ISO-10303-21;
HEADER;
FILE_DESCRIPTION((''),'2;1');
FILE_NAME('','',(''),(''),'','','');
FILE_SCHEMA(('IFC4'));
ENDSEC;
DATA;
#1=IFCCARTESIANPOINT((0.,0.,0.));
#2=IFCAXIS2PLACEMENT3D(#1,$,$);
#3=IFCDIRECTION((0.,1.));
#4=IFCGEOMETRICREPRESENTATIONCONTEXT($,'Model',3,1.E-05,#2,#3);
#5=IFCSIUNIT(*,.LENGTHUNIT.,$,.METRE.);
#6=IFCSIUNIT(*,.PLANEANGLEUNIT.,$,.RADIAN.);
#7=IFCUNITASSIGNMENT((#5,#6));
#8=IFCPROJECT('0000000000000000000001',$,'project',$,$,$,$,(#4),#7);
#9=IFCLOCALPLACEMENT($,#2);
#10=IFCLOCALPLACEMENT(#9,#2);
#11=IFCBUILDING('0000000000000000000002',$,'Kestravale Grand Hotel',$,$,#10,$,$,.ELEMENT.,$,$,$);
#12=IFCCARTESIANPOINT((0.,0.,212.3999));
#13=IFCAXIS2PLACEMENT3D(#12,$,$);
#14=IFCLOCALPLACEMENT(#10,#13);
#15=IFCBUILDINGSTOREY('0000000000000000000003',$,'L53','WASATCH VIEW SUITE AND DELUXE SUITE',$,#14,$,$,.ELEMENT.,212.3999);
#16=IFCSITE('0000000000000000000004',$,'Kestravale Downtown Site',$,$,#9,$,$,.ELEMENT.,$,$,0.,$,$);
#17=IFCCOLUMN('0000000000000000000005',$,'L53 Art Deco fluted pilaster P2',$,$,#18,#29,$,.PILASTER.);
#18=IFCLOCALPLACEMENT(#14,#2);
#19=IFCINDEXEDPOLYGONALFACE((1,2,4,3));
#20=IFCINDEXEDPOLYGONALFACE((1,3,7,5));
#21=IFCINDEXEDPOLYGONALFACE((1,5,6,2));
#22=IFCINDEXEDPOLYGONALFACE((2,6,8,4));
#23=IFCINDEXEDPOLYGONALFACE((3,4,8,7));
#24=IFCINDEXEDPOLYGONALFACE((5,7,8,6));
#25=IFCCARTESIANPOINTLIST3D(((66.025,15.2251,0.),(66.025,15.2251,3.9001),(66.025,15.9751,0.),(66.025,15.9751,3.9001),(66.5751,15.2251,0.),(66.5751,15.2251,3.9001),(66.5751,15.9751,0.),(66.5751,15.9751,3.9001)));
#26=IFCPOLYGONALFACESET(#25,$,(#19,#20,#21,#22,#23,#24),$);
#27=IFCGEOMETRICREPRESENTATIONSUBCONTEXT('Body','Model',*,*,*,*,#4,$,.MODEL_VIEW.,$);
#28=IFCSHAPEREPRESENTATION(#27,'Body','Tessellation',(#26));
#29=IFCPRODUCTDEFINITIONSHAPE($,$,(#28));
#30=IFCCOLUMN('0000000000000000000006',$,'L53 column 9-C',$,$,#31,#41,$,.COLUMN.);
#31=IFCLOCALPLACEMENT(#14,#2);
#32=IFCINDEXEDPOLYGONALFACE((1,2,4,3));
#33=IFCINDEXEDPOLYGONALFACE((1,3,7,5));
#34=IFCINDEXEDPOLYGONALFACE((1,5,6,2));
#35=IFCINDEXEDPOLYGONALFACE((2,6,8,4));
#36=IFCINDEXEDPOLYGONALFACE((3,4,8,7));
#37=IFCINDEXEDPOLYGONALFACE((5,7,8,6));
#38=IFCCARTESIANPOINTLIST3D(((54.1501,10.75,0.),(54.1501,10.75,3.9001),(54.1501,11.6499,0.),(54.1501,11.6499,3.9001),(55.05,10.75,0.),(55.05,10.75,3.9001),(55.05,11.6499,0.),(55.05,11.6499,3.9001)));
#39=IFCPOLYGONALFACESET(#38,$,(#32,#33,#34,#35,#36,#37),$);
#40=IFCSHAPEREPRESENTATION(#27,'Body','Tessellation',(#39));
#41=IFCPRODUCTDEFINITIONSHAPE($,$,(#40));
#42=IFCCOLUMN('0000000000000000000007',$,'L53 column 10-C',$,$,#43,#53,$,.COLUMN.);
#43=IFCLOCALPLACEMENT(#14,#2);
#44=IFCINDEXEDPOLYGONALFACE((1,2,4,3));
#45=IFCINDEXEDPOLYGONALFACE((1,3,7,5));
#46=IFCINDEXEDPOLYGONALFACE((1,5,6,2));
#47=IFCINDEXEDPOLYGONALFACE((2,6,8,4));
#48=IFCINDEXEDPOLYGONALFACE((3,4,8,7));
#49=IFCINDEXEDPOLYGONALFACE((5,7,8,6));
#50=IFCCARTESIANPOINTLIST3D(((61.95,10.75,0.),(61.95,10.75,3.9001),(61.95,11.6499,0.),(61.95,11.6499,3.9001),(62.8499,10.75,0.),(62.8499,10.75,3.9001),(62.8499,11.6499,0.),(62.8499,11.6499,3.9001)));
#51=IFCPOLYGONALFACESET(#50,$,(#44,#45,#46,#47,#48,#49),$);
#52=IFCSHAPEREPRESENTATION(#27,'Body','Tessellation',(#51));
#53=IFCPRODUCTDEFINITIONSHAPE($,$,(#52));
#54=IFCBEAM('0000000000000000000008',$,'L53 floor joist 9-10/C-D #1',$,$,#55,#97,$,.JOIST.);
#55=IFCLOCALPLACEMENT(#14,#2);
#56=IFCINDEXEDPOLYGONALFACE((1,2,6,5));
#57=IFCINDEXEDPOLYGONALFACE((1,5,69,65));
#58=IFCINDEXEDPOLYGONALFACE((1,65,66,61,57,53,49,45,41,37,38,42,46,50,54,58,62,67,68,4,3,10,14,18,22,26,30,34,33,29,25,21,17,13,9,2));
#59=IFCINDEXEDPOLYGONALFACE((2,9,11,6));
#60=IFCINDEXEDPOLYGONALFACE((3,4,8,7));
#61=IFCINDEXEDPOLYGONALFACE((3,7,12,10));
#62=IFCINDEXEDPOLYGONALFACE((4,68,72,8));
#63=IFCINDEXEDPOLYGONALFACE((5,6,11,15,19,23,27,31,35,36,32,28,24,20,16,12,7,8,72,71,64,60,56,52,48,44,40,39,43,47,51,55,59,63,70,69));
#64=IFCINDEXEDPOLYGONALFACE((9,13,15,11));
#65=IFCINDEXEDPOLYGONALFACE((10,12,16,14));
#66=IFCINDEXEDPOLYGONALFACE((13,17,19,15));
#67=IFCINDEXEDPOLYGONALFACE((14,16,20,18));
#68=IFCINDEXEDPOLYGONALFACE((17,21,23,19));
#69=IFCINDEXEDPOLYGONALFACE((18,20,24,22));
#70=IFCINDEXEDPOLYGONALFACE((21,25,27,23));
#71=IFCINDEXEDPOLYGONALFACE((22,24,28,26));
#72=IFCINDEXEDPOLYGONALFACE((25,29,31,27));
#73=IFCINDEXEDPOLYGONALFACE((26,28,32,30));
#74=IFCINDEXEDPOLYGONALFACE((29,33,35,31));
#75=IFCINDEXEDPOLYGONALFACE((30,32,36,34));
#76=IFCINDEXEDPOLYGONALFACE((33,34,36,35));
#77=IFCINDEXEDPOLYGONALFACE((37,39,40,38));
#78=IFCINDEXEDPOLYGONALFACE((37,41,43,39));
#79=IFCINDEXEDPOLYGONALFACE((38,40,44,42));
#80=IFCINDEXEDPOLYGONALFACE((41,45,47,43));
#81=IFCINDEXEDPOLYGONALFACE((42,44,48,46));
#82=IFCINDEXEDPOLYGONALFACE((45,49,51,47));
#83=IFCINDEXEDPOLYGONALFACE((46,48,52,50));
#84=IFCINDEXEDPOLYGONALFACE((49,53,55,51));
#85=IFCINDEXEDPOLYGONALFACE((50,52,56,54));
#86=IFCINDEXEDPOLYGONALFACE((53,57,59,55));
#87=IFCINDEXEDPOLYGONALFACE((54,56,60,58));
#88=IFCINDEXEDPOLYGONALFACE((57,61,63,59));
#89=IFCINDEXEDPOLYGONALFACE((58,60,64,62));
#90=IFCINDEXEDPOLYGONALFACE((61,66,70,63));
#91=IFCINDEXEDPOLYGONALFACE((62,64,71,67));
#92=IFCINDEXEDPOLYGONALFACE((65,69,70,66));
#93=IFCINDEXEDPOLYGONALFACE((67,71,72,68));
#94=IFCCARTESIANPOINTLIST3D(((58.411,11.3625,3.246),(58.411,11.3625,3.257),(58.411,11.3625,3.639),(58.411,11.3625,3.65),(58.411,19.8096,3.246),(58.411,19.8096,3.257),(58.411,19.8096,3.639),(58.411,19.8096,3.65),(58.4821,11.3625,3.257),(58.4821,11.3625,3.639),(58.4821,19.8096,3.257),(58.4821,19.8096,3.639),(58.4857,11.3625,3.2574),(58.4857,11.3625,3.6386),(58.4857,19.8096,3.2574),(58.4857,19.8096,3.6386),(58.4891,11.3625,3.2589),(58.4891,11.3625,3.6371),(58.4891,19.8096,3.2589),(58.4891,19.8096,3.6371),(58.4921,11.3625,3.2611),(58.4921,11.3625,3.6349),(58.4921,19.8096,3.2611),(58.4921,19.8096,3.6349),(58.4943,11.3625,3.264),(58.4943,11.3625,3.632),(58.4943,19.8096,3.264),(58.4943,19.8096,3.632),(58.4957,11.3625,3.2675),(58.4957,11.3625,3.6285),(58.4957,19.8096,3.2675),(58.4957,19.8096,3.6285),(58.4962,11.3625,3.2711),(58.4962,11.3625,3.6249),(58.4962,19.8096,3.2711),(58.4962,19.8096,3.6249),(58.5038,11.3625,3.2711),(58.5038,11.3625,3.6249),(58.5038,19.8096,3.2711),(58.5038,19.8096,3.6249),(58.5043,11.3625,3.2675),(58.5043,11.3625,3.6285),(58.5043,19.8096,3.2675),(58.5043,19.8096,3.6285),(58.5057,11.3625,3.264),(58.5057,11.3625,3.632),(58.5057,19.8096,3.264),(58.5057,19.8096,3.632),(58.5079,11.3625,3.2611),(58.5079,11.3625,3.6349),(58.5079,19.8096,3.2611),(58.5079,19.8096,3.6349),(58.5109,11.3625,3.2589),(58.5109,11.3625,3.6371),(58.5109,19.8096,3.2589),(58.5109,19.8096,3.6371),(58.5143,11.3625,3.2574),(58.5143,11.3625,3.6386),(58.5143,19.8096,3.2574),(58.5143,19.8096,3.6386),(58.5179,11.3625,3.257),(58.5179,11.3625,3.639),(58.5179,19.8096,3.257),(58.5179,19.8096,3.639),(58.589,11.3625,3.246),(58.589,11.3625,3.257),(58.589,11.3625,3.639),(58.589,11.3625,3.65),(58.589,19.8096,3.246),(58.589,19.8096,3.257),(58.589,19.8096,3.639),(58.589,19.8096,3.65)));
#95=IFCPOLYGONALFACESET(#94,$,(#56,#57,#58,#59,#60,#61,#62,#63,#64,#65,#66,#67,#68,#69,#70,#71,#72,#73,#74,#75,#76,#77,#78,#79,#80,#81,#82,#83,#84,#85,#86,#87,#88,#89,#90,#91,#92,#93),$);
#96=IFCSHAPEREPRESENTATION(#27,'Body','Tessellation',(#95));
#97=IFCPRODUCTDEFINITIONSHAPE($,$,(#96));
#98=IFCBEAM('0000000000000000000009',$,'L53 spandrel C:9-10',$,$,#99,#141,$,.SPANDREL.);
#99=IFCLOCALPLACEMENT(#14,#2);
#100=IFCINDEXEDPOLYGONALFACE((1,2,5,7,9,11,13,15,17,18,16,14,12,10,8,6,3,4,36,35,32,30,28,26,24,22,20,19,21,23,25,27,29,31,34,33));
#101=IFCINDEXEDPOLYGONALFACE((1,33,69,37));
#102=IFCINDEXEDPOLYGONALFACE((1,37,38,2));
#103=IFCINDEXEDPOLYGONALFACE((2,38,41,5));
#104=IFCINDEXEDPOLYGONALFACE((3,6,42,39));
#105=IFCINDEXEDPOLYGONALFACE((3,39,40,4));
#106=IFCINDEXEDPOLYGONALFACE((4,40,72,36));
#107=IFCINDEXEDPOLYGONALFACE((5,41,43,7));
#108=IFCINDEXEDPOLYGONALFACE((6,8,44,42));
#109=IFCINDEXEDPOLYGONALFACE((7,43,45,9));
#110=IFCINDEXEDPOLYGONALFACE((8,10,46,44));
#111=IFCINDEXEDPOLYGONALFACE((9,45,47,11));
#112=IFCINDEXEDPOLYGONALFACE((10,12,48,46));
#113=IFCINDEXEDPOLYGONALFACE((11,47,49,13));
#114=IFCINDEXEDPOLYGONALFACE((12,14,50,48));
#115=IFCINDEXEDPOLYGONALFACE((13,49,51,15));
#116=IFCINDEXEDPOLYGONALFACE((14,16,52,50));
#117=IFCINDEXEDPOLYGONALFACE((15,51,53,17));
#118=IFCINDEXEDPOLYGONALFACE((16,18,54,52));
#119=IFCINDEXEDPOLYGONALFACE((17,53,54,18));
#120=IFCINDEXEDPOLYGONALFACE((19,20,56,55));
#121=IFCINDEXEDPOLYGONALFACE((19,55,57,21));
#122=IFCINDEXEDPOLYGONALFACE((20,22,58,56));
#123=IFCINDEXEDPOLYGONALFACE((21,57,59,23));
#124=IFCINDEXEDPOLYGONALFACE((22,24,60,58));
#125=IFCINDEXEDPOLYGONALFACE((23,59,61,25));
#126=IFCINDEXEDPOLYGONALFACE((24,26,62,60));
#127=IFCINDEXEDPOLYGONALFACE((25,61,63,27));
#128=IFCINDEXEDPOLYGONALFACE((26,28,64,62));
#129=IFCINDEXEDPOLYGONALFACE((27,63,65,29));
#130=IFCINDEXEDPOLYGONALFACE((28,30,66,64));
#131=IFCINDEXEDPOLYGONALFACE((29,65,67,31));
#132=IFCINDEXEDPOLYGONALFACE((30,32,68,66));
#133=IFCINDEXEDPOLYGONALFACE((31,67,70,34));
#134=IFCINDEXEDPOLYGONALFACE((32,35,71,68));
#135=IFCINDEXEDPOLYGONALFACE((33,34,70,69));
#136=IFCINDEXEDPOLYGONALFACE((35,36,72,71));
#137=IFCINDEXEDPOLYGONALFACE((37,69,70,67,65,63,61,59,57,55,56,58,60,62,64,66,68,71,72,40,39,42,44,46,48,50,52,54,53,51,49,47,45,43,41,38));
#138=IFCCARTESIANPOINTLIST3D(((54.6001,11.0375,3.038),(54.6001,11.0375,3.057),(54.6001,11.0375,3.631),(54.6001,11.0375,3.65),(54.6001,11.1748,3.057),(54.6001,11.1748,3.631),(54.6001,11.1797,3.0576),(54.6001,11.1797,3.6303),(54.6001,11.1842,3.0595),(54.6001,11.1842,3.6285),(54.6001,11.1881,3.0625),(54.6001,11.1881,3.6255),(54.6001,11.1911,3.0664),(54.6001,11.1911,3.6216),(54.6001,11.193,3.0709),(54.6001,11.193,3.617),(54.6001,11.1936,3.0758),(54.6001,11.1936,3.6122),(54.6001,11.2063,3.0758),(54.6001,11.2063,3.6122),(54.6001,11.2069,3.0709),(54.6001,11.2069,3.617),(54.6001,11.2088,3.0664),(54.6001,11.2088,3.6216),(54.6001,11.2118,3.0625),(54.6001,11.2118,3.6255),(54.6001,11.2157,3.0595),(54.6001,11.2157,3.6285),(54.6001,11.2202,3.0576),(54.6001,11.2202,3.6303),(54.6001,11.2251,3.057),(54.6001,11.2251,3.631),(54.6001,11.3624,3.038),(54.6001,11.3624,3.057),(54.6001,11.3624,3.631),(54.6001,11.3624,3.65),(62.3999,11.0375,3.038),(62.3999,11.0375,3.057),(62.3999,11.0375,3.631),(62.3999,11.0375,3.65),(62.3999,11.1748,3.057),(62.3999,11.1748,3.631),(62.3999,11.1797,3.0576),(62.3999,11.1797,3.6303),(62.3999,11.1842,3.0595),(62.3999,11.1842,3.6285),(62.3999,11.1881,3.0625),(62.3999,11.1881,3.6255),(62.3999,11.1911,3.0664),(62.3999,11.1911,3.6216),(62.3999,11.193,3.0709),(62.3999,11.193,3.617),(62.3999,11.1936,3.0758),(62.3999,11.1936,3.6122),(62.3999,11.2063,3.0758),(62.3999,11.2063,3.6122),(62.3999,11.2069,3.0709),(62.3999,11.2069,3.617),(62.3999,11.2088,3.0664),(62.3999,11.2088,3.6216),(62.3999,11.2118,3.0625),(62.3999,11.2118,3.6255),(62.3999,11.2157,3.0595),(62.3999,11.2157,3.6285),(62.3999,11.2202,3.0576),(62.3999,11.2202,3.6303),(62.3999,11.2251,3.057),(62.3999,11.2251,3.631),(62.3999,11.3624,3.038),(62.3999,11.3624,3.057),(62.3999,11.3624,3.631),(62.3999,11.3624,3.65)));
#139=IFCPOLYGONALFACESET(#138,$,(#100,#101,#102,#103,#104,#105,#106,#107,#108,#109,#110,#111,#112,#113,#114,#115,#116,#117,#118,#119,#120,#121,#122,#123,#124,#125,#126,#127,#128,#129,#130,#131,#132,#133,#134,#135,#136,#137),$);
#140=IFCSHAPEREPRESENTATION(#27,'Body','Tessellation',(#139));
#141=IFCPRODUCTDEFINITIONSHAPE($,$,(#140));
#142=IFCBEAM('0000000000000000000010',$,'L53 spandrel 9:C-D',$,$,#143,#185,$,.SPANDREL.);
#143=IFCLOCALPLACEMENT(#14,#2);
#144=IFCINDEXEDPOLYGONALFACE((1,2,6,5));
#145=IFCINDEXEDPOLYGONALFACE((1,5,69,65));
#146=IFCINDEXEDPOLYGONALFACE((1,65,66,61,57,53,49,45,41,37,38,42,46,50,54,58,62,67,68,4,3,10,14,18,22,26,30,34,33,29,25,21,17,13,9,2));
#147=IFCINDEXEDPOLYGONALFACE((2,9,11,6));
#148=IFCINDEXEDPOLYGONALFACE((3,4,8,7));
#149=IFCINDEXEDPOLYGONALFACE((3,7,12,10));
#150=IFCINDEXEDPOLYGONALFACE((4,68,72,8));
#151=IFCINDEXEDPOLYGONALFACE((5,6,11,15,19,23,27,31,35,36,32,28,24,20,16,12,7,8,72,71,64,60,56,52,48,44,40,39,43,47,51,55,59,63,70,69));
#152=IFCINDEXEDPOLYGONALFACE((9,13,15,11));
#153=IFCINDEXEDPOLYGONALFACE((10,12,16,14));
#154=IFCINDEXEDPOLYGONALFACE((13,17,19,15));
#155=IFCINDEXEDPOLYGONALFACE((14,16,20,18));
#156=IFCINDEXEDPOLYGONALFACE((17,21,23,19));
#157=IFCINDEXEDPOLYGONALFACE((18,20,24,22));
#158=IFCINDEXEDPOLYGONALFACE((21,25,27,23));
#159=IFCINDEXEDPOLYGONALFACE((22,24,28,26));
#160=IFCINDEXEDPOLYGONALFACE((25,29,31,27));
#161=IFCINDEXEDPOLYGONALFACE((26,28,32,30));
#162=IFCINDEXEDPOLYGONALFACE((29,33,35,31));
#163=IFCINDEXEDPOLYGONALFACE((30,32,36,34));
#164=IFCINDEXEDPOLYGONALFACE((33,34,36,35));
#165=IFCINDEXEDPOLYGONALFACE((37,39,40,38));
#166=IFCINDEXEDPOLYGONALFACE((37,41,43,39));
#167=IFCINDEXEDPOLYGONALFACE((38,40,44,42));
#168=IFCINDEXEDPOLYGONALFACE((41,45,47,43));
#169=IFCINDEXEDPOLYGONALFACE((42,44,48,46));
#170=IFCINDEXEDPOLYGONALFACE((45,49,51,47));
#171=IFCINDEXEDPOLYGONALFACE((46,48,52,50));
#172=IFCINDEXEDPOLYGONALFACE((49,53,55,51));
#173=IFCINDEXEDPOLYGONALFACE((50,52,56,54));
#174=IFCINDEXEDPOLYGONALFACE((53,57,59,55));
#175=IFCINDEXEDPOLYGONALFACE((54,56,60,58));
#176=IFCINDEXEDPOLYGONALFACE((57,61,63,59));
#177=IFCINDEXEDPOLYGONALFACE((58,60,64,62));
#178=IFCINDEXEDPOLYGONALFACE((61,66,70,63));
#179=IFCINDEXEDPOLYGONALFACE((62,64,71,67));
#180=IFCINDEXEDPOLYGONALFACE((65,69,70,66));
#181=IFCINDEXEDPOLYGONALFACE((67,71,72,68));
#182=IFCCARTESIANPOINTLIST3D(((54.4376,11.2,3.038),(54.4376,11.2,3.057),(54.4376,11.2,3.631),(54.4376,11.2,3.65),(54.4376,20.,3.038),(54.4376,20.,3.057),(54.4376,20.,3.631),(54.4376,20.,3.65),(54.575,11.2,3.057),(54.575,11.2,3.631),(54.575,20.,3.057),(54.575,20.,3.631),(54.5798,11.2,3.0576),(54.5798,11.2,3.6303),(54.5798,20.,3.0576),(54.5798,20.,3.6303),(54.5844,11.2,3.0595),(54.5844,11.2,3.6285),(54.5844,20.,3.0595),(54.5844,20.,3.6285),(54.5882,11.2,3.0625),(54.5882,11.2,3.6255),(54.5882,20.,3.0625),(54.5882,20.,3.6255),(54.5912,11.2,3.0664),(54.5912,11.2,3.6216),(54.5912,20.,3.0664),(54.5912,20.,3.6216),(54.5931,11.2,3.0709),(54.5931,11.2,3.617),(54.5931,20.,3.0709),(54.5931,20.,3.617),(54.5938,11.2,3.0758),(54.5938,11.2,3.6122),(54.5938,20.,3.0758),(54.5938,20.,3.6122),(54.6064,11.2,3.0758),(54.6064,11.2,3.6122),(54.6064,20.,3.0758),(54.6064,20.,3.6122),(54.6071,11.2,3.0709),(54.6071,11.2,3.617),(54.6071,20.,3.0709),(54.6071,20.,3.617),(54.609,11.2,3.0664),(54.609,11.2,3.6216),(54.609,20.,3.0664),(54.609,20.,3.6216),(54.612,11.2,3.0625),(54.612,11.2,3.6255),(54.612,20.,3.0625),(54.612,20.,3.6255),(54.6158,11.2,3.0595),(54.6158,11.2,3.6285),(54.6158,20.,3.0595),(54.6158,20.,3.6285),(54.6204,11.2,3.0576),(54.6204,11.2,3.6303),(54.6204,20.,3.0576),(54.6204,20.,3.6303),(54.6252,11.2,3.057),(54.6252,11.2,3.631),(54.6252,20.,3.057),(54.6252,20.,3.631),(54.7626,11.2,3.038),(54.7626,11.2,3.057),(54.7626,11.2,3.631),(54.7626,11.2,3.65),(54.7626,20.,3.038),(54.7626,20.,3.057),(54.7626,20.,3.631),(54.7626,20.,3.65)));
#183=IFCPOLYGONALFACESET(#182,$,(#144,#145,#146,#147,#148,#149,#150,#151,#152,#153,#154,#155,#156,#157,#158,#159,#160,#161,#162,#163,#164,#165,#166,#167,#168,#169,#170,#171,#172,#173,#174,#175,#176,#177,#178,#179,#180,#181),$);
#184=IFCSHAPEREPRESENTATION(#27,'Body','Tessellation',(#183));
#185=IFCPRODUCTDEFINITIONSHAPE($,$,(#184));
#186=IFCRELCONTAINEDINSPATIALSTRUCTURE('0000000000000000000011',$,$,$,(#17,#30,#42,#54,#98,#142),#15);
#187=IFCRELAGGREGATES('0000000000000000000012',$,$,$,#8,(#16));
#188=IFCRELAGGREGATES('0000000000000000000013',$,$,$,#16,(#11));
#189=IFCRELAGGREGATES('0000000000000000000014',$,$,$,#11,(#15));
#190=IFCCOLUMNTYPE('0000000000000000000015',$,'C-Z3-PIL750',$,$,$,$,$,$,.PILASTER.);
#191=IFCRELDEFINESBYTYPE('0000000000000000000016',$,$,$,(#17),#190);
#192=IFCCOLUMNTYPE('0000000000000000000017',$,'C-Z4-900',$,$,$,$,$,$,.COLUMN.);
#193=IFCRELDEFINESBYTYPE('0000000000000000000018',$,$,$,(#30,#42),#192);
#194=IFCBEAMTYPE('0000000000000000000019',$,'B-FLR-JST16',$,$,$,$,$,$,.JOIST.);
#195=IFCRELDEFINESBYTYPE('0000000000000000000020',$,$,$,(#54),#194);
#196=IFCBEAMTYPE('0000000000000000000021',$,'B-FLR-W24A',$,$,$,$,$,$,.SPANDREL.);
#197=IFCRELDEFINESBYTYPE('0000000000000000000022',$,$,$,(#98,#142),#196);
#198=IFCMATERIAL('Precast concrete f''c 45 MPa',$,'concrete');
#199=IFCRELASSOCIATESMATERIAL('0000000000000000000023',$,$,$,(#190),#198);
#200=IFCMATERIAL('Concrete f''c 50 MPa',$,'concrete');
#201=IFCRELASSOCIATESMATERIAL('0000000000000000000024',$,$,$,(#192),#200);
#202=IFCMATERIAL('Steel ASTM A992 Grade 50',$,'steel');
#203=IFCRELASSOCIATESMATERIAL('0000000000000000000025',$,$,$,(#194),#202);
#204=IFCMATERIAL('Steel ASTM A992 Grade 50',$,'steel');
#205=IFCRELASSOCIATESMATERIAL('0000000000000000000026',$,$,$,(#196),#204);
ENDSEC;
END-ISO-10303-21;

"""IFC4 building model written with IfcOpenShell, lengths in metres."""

from ifc_helpers import new_model, si_unit, direction, frame, origin, origin_2d, place, context, subcontext, project, spatial, rectangle, i_section, extrude, material, material_profile, profile_set, type_object, element, save


model = new_model("IFC4")

# Units and contexts
model_context = context("Model", 3, precision=1e-05, world=origin(), true_north=direction((0.0, 1.0)))
body_context = subcontext(model_context, "Body", "Model", "MODEL_VIEW")
ifc_project = project(units=[si_unit("LENGTHUNIT", "METRE"), si_unit("PLANEANGLEUNIT", "RADIAN")], contexts=[model_context])

# Site, building, storey
site_placement = place(None, origin())
site = spatial("IfcSite", under=ifc_project, at=site_placement, Name="Kestravale Downtown Site", CompositionType="ELEMENT", RefElevation=0.0)
building_placement = place(site_placement, origin())
building = spatial("IfcBuilding", under=site, at=building_placement, Name="Kestravale Grand Hotel", CompositionType="ELEMENT")
storey_placement = place(building_placement, frame((0.0, 0.0, 212.3999)))
storey = spatial("IfcBuildingStorey", under=building, at=storey_placement, Name="L53", Description="WASATCH VIEW SUITE AND DELUXE SUITE", CompositionType="ELEMENT", Elevation=212.3999)

# Columns
ifc_material_1 = material(Name="Precast concrete f'c 45 MPa", Category="concrete")
ifc_material_profile_1 = material_profile(ifc_material_1, rectangle(XDim=0.55, YDim=0.75, at=origin_2d()))
ifc_profile_set_1 = profile_set([ifc_material_profile_1], Name="Precast concrete f'c 45 MPa")
column_type_1 = type_object("IfcColumnType", Name="C-Z3-PIL750", PredefinedType="PILASTER", material=ifc_profile_set_1)
column_placement = place(storey_placement, frame((66.3, 15.6001, 0.0), z_axis=(0.0, 0.0, 1.0), x_axis=(1.0, 0.0, 0.0)))
element("IfcColumn", 1, at=column_placement, inside=storey, type_object=column_type_1, Name="L53 Art Deco fluted pilaster P2", PredefinedType="PILASTER", context=body_context, shape_type="SweptSolid", body=[
    extrude(rectangle(XDim=0.55, YDim=0.75, at=origin_2d()), origin(), (0.0, 0.0, 1.0), 3.9001),
])
ifc_material_2 = material(Name="Concrete f'c 50 MPa", Category="concrete")
ifc_material_profile_2 = material_profile(ifc_material_2, rectangle(XDim=0.8999, YDim=0.8999, at=origin_2d()))
ifc_profile_set_2 = profile_set([ifc_material_profile_2], Name="Concrete f'c 50 MPa")
column_type_2 = type_object("IfcColumnType", Name="C-Z4-900", PredefinedType="COLUMN", material=ifc_profile_set_2)
for number, where, z_axis, x_axis, name in (
    (2, (54.6001, 11.2, 0.0), (0.0, 0.0, 1.0), (1.0, 0.0, 0.0), "L53 column 9-C"),
    (3, (62.3999, 11.2, 0.0), (0.0, 0.0, 1.0), (1.0, 0.0, 0.0), "L53 column 10-C"),
):
    element("IfcColumn", number, at=place(storey_placement, frame(where, z_axis=z_axis, x_axis=x_axis)), inside=storey, type_object=column_type_2, Name=name, PredefinedType="COLUMN", context=body_context, shape_type="SweptSolid", body=[
        extrude(rectangle(XDim=0.8999, YDim=0.8999, at=origin_2d()), origin(), (0.0, 0.0, 1.0), 3.9001),
    ])

# Beams
ifc_material_3 = material(Name="Steel ASTM A992 Grade 50", Category="steel")
ifc_material_profile_3 = material_profile(ifc_material_3, i_section(OverallWidth=0.178, OverallDepth=0.4041, WebThickness=0.0076, FlangeThickness=0.011, FilletRadius=0.0142, at=origin_2d()))
ifc_profile_set_3 = profile_set([ifc_material_profile_3], Name="Steel ASTM A992 Grade 50")
beam_type_1 = type_object("IfcBeamType", Name="B-FLR-JST16", PredefinedType="JOIST", material=ifc_profile_set_3)
beam_1_placement = place(storey_placement, frame((58.5, 11.3625, 3.448), z_axis=(0.0, 1.0, 0.0), x_axis=(-1.0, 0.0, 0.0)))
element("IfcBeam", 4, at=beam_1_placement, inside=storey, type_object=beam_type_1, Name="L53 floor joist 9-10/C-D #1", PredefinedType="JOIST", context=body_context, shape_type="SweptSolid", body=[
    extrude(i_section(OverallWidth=0.178, OverallDepth=0.4041, WebThickness=0.0076, FlangeThickness=0.011, FilletRadius=0.0142, at=origin_2d()), origin(), (0.0, 0.0, 1.0), 8.447),
])
ifc_material_4 = material(Name="Steel ASTM A992 Grade 50", Category="steel")
ifc_material_profile_4 = material_profile(ifc_material_4, i_section(OverallWidth=0.325, OverallDepth=0.6121, WebThickness=0.0127, FlangeThickness=0.019, FilletRadius=0.0188, at=origin_2d()))
ifc_profile_set_4 = profile_set([ifc_material_profile_4], Name="Steel ASTM A992 Grade 50")
beam_type_2 = type_object("IfcBeamType", Name="B-FLR-W24A", PredefinedType="SPANDREL", material=ifc_profile_set_4)
beam_2_placement = place(storey_placement, frame((54.6001, 11.2, 3.344), z_axis=(1.0, 0.0, 0.0), x_axis=(0.0, 1.0, 0.0)))
element("IfcBeam", 5, at=beam_2_placement, inside=storey, type_object=beam_type_2, Name="L53 spandrel C:9-10", PredefinedType="SPANDREL", context=body_context, shape_type="SweptSolid", body=[
    extrude(i_section(OverallWidth=0.325, OverallDepth=0.6121, WebThickness=0.0127, FlangeThickness=0.019, FilletRadius=0.0188, at=origin_2d()), origin(), (0.0, 0.0, 1.0), 7.7998),
])
for number, where, z_axis, x_axis, name in (
    (6, (54.6001, 11.2, 3.344), (0.0, 1.0, 0.0), (-1.0, 0.0, 0.0), "L53 spandrel 9:C-D"),
):
    element("IfcBeam", number, at=place(storey_placement, frame(where, z_axis=z_axis, x_axis=x_axis)), inside=storey, type_object=beam_type_2, Name=name, PredefinedType="SPANDREL", context=body_context, shape_type="SweptSolid", body=[
        extrude(i_section(OverallWidth=0.325, OverallDepth=0.6121, WebThickness=0.0127, FlangeThickness=0.019, FilletRadius=0.0188, at=origin_2d()), origin(), (0.0, 0.0, 1.0), 8.8),
    ])

save(model, "model.ifc")
